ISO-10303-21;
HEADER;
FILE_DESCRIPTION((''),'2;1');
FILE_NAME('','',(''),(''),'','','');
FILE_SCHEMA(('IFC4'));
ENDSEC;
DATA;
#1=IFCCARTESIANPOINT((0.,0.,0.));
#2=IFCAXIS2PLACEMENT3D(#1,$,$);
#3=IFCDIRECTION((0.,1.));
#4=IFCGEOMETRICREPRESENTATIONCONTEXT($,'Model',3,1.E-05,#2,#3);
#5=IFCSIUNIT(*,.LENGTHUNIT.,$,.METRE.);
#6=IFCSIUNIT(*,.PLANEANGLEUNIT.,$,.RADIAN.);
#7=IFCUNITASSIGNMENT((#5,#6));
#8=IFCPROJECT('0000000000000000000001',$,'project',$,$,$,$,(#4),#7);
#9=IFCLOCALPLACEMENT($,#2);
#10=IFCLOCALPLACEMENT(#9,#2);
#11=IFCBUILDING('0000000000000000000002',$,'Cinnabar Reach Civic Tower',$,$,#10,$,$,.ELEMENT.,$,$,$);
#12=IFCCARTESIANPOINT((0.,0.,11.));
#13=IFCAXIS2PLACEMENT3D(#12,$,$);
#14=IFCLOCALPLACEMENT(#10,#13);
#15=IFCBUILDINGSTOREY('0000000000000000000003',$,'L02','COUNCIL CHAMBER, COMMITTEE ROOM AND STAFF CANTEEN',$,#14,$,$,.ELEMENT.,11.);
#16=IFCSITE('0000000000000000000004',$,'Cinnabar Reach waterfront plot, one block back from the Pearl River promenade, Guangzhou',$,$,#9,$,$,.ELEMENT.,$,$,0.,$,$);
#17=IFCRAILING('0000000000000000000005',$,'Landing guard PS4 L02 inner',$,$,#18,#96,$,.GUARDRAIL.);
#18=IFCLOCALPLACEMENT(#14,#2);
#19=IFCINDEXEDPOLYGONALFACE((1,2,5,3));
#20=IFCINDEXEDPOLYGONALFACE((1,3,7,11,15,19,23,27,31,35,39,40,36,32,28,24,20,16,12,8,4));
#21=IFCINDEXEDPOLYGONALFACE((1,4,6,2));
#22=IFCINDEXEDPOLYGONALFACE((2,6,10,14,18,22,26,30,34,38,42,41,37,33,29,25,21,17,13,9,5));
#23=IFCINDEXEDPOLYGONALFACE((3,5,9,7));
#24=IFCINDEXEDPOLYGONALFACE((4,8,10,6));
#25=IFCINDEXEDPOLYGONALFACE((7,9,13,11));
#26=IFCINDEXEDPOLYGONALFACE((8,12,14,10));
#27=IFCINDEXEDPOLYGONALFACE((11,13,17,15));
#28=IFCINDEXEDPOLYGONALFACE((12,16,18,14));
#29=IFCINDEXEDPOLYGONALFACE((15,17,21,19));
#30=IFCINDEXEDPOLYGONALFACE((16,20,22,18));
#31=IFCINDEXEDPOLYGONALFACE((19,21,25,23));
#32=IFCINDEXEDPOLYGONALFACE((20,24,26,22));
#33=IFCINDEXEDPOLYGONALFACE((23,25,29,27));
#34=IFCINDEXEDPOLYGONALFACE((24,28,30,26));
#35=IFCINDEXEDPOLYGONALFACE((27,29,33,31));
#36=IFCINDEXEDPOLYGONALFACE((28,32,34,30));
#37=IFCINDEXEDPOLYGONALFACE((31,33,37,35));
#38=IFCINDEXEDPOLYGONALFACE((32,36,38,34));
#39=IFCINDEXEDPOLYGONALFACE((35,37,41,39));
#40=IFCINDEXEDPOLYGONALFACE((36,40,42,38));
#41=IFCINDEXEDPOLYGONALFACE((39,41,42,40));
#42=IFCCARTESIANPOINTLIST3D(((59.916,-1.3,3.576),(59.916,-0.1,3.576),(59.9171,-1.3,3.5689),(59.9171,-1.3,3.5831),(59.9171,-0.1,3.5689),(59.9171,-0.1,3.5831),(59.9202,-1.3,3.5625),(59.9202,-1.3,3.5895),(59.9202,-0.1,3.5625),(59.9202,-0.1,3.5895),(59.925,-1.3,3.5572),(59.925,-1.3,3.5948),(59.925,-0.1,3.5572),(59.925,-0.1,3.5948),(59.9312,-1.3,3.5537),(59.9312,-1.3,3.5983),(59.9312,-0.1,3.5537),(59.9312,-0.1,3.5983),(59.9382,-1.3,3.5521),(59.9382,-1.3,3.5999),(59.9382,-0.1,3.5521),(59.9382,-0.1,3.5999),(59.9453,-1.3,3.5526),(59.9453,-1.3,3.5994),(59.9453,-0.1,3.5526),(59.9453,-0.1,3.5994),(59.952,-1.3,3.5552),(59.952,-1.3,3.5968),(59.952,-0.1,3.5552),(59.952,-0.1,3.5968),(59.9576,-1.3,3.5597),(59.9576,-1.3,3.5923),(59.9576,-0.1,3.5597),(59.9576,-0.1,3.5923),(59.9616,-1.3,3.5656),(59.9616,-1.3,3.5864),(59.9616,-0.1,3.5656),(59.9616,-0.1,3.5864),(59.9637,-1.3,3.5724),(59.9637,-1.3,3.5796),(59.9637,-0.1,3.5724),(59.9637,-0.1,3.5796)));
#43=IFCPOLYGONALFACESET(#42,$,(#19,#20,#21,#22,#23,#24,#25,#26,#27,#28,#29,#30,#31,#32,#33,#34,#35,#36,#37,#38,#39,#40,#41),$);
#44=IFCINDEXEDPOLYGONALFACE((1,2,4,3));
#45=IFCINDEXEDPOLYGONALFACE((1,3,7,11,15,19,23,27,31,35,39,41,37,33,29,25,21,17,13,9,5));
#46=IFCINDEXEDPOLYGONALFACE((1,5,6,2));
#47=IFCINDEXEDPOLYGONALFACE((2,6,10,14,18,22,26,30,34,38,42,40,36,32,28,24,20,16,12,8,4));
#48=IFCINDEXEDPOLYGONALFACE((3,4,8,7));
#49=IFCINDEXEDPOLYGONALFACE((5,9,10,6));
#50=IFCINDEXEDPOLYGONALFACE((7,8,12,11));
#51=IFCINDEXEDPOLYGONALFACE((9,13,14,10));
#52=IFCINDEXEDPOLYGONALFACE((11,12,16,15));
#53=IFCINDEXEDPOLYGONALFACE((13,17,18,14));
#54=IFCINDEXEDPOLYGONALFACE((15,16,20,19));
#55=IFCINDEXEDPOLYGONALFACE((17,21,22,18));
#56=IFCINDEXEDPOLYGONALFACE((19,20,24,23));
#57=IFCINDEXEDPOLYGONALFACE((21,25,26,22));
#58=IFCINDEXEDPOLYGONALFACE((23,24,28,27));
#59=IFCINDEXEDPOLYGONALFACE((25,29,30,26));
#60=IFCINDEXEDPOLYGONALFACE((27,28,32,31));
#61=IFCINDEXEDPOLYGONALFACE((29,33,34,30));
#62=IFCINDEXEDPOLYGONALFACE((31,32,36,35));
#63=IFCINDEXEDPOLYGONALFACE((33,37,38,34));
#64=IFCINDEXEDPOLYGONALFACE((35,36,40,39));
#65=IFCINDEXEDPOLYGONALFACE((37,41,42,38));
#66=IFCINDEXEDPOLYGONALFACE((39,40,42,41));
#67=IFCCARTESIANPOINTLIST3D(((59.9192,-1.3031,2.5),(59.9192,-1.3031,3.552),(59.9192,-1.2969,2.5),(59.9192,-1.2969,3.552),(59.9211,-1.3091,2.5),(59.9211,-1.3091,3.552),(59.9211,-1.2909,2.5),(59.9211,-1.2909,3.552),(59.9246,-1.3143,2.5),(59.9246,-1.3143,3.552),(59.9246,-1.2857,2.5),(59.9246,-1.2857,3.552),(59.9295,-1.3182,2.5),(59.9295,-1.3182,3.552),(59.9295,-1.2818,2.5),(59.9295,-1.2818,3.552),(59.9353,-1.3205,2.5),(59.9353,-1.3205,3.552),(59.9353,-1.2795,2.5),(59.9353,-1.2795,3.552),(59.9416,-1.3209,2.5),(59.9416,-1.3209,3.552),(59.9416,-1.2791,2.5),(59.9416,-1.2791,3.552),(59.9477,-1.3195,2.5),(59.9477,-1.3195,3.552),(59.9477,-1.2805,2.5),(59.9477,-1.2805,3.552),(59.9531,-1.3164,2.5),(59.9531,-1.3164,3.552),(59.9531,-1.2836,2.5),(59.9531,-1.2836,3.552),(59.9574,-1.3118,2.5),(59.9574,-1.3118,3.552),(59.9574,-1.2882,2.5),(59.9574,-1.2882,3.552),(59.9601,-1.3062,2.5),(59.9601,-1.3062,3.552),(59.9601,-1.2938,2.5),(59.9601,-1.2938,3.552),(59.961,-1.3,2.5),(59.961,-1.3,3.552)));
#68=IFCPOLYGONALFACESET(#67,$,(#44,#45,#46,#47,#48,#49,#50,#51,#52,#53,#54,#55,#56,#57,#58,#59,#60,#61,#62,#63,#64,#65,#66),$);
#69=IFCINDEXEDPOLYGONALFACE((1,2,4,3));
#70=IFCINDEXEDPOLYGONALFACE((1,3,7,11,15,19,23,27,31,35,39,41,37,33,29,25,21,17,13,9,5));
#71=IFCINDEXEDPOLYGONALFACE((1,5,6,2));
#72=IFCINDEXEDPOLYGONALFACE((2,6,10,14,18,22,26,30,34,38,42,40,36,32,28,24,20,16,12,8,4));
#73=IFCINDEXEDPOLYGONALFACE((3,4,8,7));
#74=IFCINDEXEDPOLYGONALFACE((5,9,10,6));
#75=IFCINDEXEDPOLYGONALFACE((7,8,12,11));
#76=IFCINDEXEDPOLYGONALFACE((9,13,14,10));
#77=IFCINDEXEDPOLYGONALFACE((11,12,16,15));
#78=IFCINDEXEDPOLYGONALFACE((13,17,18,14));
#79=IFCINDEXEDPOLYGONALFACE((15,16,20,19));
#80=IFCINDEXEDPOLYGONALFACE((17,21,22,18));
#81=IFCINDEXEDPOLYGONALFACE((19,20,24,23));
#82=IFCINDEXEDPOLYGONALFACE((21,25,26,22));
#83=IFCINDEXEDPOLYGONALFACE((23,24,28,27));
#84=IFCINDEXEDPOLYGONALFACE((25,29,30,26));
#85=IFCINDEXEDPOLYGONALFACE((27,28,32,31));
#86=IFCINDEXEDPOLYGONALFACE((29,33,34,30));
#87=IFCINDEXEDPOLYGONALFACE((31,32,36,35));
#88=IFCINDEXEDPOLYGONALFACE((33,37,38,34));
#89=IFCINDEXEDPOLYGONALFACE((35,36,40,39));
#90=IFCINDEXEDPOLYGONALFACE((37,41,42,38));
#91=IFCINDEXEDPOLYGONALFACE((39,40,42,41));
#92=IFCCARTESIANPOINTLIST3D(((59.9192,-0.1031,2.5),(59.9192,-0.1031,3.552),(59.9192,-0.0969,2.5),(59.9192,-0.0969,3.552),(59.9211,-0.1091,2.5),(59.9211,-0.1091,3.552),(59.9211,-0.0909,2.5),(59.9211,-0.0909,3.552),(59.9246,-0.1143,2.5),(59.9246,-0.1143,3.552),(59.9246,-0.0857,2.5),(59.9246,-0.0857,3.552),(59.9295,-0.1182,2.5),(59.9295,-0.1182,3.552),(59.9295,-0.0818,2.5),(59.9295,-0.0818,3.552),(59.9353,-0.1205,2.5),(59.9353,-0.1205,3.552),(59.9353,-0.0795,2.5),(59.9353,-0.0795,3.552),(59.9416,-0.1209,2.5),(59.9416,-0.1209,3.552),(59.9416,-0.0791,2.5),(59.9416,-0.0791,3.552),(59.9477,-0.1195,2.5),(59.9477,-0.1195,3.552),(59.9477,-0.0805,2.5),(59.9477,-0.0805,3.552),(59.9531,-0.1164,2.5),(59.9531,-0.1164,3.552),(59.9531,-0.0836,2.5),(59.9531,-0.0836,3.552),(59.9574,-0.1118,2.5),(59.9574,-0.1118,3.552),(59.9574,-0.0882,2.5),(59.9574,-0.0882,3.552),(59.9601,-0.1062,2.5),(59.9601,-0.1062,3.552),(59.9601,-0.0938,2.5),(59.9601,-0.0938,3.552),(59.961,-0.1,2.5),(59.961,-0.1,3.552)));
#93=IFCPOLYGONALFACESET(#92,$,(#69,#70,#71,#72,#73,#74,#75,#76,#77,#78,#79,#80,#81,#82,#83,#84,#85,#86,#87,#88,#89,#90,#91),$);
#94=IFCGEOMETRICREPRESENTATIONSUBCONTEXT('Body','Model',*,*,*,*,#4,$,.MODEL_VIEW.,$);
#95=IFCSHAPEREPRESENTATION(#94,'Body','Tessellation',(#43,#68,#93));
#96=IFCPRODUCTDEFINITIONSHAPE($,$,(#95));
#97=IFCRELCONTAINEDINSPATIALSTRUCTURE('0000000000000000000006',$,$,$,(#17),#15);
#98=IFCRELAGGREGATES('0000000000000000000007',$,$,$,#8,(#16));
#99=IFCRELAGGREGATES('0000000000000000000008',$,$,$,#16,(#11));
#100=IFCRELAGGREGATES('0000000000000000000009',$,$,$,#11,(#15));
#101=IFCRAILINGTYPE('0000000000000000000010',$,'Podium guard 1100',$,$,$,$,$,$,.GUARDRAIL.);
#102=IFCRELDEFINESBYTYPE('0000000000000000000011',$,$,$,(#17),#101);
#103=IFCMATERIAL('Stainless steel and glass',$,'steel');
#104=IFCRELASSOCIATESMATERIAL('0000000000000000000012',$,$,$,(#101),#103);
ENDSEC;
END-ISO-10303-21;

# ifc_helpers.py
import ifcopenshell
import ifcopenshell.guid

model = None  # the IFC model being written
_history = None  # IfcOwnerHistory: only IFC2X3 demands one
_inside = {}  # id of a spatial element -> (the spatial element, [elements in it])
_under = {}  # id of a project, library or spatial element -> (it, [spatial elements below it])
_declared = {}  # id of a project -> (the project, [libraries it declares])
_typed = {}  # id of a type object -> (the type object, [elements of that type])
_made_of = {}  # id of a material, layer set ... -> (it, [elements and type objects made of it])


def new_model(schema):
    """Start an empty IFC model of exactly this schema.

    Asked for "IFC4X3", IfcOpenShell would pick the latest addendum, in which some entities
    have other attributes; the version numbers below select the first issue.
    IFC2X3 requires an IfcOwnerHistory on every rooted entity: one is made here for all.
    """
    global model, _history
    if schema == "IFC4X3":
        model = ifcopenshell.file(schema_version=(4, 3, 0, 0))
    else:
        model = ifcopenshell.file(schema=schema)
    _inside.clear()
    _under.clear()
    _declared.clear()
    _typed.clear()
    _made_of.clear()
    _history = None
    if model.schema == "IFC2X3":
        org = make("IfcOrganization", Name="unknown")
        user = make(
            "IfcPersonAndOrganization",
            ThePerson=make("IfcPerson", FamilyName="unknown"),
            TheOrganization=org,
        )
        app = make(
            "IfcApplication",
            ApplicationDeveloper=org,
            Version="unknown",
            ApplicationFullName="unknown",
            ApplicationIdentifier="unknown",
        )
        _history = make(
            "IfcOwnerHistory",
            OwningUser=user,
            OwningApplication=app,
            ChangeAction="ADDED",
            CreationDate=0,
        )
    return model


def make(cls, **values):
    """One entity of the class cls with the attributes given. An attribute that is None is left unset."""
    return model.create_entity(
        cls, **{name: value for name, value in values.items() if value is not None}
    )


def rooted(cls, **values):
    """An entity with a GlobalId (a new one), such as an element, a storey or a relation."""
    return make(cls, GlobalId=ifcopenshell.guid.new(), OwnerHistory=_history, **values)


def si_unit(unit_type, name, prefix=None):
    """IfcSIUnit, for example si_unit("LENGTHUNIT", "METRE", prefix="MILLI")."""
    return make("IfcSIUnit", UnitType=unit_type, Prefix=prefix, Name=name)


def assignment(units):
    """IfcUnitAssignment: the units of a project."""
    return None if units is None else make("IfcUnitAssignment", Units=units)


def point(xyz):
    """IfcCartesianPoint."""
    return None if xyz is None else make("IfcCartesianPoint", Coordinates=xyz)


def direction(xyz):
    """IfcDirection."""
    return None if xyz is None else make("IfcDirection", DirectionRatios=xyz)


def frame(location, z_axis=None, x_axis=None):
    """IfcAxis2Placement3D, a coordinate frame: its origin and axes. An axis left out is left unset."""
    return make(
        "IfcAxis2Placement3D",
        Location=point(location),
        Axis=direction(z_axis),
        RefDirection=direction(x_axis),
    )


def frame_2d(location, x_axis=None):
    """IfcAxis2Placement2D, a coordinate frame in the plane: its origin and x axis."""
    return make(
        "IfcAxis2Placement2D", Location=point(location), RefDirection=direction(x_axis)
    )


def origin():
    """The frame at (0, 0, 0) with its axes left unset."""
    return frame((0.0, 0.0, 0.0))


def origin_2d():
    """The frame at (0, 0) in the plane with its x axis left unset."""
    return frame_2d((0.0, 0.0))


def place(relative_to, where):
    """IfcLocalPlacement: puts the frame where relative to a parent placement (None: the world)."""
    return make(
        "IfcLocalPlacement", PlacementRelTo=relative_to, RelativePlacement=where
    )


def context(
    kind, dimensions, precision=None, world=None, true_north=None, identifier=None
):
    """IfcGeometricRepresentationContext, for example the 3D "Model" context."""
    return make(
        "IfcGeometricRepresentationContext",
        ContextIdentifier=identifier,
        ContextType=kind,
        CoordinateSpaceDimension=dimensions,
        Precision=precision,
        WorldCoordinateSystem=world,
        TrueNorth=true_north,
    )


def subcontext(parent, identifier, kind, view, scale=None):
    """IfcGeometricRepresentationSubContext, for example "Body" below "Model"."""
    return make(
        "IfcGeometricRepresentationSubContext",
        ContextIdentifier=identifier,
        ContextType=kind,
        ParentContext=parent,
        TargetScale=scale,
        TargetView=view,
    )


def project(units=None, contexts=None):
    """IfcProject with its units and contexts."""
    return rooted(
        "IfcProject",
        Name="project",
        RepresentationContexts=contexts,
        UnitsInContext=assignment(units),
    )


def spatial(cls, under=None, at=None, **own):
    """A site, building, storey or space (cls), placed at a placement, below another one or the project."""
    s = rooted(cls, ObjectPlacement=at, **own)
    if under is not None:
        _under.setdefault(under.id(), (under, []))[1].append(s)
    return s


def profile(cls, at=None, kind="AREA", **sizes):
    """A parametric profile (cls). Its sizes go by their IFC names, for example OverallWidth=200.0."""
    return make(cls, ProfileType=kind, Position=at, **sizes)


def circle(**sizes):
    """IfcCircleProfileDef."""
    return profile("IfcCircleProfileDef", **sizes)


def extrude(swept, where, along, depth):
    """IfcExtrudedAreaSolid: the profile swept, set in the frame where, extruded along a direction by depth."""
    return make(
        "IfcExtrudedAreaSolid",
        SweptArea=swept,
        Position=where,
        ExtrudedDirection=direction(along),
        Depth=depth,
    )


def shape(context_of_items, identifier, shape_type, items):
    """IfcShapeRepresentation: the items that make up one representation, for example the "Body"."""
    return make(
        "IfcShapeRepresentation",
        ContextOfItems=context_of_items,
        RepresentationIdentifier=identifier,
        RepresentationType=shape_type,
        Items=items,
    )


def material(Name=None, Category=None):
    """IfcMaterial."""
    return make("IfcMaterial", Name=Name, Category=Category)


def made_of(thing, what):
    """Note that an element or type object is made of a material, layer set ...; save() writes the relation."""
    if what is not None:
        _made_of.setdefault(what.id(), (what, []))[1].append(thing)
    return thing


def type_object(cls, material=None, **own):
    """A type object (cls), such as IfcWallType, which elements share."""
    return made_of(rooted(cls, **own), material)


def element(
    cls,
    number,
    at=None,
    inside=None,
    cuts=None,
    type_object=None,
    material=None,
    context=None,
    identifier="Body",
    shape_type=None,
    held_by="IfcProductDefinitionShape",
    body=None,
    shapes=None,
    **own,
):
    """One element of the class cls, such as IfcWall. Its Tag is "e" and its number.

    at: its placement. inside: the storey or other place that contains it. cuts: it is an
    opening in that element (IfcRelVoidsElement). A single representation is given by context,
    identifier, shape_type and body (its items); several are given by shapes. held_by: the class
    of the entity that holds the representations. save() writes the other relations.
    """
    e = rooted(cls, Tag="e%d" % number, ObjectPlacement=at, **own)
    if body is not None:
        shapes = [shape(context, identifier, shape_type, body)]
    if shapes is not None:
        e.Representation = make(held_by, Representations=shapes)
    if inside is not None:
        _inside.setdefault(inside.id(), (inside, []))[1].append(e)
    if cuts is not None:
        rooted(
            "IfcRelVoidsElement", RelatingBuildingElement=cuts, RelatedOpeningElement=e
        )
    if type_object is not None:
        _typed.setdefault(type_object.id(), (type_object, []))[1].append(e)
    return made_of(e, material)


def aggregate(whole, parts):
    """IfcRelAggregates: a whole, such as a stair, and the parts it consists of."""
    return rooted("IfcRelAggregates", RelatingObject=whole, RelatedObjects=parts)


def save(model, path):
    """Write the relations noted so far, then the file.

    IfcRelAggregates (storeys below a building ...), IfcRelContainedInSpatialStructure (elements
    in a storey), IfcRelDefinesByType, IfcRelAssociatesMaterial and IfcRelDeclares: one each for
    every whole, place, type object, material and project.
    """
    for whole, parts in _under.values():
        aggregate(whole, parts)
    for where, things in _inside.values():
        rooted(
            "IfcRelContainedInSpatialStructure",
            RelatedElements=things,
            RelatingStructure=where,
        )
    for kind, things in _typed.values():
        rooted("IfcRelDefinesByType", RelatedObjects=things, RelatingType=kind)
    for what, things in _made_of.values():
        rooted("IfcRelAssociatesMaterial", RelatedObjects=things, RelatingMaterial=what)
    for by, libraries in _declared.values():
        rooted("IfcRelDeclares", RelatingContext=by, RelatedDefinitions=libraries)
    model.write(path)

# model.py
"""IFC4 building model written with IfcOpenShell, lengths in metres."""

from ifc_helpers import new_model, si_unit, direction, frame, origin, origin_2d, place, context, subcontext, project, spatial, circle, extrude, material, type_object, element, save


model = new_model("IFC4")

# Units and contexts
model_context = context("Model", 3, precision=1e-05, world=origin(), true_north=direction((0.0, 1.0)))
body_context = subcontext(model_context, "Body", "Model", "MODEL_VIEW")
ifc_project = project(units=[si_unit("LENGTHUNIT", "METRE"), si_unit("PLANEANGLEUNIT", "RADIAN")], contexts=[model_context])

# Site, building, storey
site_placement = place(None, origin())
site = spatial("IfcSite", under=ifc_project, at=site_placement, Name="Cinnabar Reach waterfront plot, one block back from the Pearl River promenade, Guangzhou", CompositionType="ELEMENT", RefElevation=0.0)
building_placement = place(site_placement, origin())
building = spatial("IfcBuilding", under=site, at=building_placement, Name="Cinnabar Reach Civic Tower", CompositionType="ELEMENT")
storey_placement = place(building_placement, frame((0.0, 0.0, 11.0)))
storey = spatial("IfcBuildingStorey", under=building, at=storey_placement, Name="L02", Description="COUNCIL CHAMBER, COMMITTEE ROOM AND STAFF CANTEEN", CompositionType="ELEMENT", Elevation=11.0)

# Railing
ifc_material_1 = material(Name="Stainless steel and glass", Category="steel")
railing_type = type_object("IfcRailingType", Name="Podium guard 1100", PredefinedType="GUARDRAIL", material=ifc_material_1)
railing_1_placement = place(storey_placement, frame((59.94, -1.3, 2.5)))
element("IfcRailing", 1, at=railing_1_placement, inside=storey, type_object=railing_type, Name="Landing guard PS4 L02 inner", PredefinedType="GUARDRAIL", context=body_context, shape_type="SweptSolid", body=[
    extrude(circle(Radius=0.024, at=origin_2d()), frame((0.0, 0.0, 1.076), z_axis=(0.0, 1.0, 0.0), x_axis=(-1.0, 0.0, 0.0)), (0.0, 0.0, 1.0), 1.2),
    extrude(circle(Radius=0.021, at=origin_2d()), origin(), (0.0, 0.0, 1.0), 1.052),
    extrude(circle(Radius=0.021, at=origin_2d()), frame((0.0, 1.2, 0.0)), (0.0, 0.0, 1.0), 1.052),
])

save(model, "model.ifc")
